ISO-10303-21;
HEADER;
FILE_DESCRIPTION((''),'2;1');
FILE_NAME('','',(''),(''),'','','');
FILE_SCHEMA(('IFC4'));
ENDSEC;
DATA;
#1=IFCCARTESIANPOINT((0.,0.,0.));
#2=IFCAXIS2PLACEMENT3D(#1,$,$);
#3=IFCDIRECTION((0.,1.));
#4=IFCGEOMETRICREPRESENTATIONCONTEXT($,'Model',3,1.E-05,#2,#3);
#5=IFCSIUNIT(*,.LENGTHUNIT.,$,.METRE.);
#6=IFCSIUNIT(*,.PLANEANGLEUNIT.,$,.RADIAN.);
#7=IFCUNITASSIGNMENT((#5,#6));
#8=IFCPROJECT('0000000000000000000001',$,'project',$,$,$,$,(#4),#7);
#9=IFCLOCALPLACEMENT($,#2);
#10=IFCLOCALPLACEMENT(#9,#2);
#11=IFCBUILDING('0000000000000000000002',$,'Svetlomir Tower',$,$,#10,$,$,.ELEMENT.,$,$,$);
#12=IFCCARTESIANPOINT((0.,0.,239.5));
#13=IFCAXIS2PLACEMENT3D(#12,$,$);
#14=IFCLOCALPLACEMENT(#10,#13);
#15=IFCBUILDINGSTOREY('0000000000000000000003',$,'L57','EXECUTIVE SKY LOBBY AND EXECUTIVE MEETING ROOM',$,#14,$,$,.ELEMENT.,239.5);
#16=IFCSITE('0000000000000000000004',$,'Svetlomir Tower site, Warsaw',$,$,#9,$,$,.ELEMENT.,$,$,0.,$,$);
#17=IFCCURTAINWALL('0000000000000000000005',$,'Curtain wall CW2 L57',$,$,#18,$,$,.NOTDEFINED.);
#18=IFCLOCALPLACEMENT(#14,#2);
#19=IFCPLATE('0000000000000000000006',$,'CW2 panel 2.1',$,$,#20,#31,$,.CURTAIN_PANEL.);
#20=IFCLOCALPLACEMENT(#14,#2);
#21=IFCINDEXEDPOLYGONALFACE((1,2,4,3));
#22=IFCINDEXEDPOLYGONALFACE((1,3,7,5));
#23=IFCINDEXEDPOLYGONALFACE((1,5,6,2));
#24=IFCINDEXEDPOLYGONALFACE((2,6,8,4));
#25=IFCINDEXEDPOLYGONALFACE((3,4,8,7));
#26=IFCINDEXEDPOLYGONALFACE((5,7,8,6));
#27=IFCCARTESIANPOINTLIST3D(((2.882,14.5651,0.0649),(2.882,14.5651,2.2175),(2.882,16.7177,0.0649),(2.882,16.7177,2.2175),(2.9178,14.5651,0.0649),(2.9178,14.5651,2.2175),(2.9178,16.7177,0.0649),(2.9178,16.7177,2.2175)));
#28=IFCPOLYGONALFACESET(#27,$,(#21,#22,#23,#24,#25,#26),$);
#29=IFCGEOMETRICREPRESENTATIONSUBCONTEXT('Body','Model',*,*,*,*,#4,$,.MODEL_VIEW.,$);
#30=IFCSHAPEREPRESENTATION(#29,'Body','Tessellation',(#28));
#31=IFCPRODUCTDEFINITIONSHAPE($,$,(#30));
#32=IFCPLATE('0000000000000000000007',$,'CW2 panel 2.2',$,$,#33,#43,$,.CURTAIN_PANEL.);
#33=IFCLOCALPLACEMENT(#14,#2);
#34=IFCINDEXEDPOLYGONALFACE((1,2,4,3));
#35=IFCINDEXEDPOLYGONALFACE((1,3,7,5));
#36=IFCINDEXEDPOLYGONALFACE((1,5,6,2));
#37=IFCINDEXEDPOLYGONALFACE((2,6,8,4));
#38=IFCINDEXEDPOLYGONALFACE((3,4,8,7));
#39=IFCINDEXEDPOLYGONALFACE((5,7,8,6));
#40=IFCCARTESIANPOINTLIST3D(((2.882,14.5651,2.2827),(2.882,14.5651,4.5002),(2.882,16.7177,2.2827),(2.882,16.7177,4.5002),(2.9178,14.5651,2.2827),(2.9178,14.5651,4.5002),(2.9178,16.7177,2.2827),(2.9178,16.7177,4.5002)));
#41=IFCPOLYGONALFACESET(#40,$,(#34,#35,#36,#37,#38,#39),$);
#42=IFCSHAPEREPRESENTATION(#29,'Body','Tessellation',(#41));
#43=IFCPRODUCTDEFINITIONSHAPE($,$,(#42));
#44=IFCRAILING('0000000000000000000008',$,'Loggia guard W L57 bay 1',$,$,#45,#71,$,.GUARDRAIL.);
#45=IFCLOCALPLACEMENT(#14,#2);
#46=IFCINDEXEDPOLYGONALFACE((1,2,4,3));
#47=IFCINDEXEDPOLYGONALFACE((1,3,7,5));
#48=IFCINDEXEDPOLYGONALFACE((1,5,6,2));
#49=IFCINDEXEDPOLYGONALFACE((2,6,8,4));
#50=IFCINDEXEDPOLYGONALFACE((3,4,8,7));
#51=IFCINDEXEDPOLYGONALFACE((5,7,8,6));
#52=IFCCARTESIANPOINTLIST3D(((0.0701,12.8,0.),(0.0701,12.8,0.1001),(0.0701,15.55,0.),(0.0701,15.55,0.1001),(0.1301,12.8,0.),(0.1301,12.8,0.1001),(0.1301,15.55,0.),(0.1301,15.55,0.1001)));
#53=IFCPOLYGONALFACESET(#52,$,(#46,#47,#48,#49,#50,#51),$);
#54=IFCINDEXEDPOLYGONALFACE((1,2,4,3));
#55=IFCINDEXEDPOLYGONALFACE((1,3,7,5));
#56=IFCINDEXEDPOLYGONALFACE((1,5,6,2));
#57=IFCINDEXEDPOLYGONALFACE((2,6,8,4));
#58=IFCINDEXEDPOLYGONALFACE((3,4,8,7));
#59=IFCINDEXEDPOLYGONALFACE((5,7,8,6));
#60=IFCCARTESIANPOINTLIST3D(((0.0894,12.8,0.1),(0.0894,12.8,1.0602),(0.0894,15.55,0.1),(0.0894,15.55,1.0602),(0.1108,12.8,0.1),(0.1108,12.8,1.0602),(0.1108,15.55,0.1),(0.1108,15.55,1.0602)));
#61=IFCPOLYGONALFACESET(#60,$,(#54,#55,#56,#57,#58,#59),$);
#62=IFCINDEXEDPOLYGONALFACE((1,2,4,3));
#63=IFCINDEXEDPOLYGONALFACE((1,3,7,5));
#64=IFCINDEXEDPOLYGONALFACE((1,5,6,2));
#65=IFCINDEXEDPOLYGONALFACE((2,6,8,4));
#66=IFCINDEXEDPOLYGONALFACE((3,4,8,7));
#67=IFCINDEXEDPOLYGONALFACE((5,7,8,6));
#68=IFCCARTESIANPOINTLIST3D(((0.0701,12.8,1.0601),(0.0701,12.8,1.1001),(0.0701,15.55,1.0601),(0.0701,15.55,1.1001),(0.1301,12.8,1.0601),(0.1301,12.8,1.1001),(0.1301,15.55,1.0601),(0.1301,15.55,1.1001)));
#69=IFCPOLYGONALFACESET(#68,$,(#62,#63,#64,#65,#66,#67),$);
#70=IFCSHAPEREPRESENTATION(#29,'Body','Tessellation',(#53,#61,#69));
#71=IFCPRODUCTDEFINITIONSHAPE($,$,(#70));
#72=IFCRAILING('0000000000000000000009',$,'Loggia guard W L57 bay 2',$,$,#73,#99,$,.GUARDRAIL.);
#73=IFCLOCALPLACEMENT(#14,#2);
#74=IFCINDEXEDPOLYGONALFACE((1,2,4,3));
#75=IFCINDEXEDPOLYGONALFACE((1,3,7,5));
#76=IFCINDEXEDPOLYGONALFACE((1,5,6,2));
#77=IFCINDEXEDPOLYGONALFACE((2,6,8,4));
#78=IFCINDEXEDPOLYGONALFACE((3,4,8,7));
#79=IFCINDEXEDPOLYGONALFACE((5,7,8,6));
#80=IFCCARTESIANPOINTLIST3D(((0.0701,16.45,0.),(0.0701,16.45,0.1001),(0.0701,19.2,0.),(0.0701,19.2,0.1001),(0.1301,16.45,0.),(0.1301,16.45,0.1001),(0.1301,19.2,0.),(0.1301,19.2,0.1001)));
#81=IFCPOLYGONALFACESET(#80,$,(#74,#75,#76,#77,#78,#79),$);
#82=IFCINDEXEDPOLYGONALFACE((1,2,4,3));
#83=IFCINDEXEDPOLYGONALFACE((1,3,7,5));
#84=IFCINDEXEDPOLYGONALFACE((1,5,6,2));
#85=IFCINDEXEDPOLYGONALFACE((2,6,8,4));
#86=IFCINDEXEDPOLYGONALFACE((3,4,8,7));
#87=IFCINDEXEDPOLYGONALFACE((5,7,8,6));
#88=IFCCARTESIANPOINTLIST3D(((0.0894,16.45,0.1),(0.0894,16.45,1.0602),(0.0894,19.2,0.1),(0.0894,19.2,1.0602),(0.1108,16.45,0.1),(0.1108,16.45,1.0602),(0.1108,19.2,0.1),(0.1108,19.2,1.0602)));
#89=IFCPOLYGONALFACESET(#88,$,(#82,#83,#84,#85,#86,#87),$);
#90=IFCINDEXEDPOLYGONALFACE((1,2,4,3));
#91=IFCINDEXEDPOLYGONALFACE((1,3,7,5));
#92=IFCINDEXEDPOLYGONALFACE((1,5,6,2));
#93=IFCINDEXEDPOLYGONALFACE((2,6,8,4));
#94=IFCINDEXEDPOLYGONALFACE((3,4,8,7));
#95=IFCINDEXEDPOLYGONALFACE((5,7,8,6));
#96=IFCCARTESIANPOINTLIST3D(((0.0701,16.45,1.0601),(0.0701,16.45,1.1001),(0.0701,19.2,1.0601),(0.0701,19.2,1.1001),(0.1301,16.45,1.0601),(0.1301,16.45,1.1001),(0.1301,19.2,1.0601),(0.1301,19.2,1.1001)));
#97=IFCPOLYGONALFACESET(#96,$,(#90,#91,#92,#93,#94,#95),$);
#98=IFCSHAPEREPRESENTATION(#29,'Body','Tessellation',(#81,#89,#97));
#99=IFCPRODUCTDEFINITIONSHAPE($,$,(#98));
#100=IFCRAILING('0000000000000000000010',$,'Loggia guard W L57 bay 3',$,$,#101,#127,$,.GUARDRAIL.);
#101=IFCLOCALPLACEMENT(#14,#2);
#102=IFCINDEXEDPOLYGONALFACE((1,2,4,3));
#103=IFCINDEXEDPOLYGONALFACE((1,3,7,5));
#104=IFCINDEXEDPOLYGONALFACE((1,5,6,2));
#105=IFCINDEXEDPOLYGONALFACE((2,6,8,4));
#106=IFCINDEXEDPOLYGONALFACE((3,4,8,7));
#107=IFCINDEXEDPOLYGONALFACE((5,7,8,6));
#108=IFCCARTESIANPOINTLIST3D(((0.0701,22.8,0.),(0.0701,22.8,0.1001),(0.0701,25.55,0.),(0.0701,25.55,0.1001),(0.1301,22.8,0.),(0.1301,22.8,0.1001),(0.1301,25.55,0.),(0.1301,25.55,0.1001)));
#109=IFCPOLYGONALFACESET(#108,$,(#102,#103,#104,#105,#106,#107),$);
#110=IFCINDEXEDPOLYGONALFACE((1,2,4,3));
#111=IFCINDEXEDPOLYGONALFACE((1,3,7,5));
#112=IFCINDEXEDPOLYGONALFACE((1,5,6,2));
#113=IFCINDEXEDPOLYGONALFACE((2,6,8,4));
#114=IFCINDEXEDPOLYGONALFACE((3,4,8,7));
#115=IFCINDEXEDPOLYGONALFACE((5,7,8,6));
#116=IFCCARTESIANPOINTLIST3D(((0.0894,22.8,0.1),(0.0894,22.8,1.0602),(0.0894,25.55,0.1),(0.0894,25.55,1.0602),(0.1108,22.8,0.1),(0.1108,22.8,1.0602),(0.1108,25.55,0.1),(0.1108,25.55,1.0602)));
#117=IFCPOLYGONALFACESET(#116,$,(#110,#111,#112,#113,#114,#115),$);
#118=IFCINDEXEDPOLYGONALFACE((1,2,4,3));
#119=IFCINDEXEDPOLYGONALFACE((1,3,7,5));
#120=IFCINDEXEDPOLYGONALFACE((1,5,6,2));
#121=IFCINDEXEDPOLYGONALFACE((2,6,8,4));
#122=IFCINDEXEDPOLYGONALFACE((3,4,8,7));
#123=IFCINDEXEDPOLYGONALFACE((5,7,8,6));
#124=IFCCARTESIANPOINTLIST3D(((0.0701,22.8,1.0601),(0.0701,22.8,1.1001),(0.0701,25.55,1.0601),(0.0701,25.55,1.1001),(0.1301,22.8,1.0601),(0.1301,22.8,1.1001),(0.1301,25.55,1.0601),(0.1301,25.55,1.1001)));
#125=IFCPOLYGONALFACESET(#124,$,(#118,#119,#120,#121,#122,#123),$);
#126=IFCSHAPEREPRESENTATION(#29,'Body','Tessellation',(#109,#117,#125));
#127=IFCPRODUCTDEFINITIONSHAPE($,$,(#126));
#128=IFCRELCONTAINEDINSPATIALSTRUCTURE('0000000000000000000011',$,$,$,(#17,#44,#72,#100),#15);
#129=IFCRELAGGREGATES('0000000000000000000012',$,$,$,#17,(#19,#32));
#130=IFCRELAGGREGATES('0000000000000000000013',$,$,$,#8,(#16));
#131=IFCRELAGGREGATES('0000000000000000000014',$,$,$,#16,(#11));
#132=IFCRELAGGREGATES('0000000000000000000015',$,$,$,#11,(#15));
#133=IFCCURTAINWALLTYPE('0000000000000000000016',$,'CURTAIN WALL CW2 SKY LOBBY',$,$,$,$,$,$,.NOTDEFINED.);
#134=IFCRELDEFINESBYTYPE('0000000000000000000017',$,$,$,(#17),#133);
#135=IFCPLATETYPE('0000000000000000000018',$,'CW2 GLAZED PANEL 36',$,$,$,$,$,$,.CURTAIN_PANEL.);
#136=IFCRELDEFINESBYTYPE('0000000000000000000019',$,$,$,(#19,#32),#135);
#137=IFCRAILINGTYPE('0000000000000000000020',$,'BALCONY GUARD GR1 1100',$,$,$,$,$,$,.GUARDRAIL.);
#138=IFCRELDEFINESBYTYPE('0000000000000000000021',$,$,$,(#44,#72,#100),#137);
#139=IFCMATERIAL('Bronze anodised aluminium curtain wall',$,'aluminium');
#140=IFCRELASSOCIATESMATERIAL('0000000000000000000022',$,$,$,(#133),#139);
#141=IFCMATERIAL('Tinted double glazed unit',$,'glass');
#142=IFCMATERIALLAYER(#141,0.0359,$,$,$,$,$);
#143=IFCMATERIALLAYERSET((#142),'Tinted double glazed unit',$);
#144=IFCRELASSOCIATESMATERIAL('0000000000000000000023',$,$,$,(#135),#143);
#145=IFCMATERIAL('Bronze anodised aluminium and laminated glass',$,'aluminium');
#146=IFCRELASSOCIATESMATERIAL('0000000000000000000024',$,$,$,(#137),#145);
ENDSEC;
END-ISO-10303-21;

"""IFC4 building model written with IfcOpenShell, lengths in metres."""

from ifc_helpers import new_model, si_unit, direction, frame, origin, origin_2d, place, context, subcontext, project, spatial, rectangle, extrude, material, layer, layer_set, type_object, element, aggregate, save


model = new_model("IFC4")

# Units and contexts
model_context = context("Model", 3, precision=1e-05, world=origin(), true_north=direction((0.0, 1.0)))
body_context = subcontext(model_context, "Body", "Model", "MODEL_VIEW")
ifc_project = project(units=[si_unit("LENGTHUNIT", "METRE"), si_unit("PLANEANGLEUNIT", "RADIAN")], contexts=[model_context])

# Site, building, storey
site_placement = place(None, origin())
site = spatial("IfcSite", under=ifc_project, at=site_placement, Name="Svetlomir Tower site, Warsaw", CompositionType="ELEMENT", RefElevation=0.0)
building_placement = place(site_placement, origin())
building = spatial("IfcBuilding", under=site, at=building_placement, Name="Svetlomir Tower", CompositionType="ELEMENT")
storey_placement = place(building_placement, frame((0.0, 0.0, 239.5)))
storey = spatial("IfcBuildingStorey", under=building, at=storey_placement, Name="L57", Description="EXECUTIVE SKY LOBBY AND EXECUTIVE MEETING ROOM", CompositionType="ELEMENT", Elevation=239.5)

# Curtain wall
ifc_material_1 = material(Name="Bronze anodised aluminium curtain wall", Category="aluminium")
curtain_wall_type = type_object("IfcCurtainWallType", Name="CURTAIN WALL CW2 SKY LOBBY", PredefinedType="NOTDEFINED", material=ifc_material_1)
curtain_wall_placement = place(storey_placement, origin())
curtain_wall = element("IfcCurtainWall", 1, at=curtain_wall_placement, inside=storey, type_object=curtain_wall_type, Name="Curtain wall CW2 L57", PredefinedType="NOTDEFINED")

# Plates
ifc_material_2 = material(Name="Tinted double glazed unit", Category="glass")
ifc_layer = layer(ifc_material_2, 0.0359)
ifc_layer_set = layer_set([ifc_layer], Name="Tinted double glazed unit")
plate_type = type_object("IfcPlateType", Name="CW2 GLAZED PANEL 36", PredefinedType="CURTAIN_PANEL", material=ifc_layer_set)
plate_1_placement = place(storey_placement, frame((2.8999, 15.6414, 0.0649), z_axis=(0.0, 0.0, 1.0), x_axis=(0.0, -1.0, 0.0)))
plate_1 = element("IfcPlate", 2, at=plate_1_placement, type_object=plate_type, Name="CW2 panel 2.1", PredefinedType="CURTAIN_PANEL", context=body_context, shape_type="SweptSolid", body=[
    extrude(rectangle(XDim=2.1526, YDim=0.0359, at=origin_2d()), origin(), (0.0, 0.0, 1.0), 2.1526),
])
plate_2_placement = place(storey_placement, frame((2.8999, 15.6414, 2.2827), z_axis=(0.0, 0.0, 1.0), x_axis=(0.0, -1.0, 0.0)))
plate_2 = element("IfcPlate", 3, at=plate_2_placement, type_object=plate_type, Name="CW2 panel 2.2", PredefinedType="CURTAIN_PANEL", context=body_context, shape_type="SweptSolid", body=[
    extrude(rectangle(XDim=2.1526, YDim=0.0359, at=origin_2d()), origin(), (0.0, 0.0, 1.0), 2.2175),
])
aggregate(curtain_wall, [plate_1, plate_2])

# Railings
ifc_material_3 = material(Name="Bronze anodised aluminium and laminated glass", Category="aluminium")
railing_type = type_object("IfcRailingType", Name="BALCONY GUARD GR1 1100", PredefinedType="GUARDRAIL", material=ifc_material_3)
for number, where, name in (
    (4, (0.1001, 12.8, 0.0), "Loggia guard W L57 bay 1"),
    (5, (0.1001, 16.45, 0.0), "Loggia guard W L57 bay 2"),
    (6, (0.1001, 22.8, 0.0), "Loggia guard W L57 bay 3"),
):
    element("IfcRailing", number, at=place(storey_placement, frame(where)), inside=storey, type_object=railing_type, Name=name, PredefinedType="GUARDRAIL", context=body_context, shape_type="SweptSolid", body=[
        extrude(rectangle(XDim=0.0601, YDim=0.1001, at=origin_2d()), frame((0.0, 0.0, 0.05), z_axis=(0.0, 1.0, 0.0), x_axis=(-1.0, 0.0, 0.0)), (0.0, 0.0, 1.0), 2.75),
        extrude(rectangle(XDim=0.0215, YDim=0.9602, at=origin_2d()), frame((0.0, 0.0, 0.5801), z_axis=(0.0, 1.0, 0.0), x_axis=(-1.0, 0.0, 0.0)), (0.0, 0.0, 1.0), 2.75),
        extrude(rectangle(XDim=0.0601, YDim=0.04, at=origin_2d()), frame((0.0, 0.0, 1.0801), z_axis=(0.0, 1.0, 0.0), x_axis=(-1.0, 0.0, 0.0)), (0.0, 0.0, 1.0), 2.75),
    ])

save(model, "model.ifc")
